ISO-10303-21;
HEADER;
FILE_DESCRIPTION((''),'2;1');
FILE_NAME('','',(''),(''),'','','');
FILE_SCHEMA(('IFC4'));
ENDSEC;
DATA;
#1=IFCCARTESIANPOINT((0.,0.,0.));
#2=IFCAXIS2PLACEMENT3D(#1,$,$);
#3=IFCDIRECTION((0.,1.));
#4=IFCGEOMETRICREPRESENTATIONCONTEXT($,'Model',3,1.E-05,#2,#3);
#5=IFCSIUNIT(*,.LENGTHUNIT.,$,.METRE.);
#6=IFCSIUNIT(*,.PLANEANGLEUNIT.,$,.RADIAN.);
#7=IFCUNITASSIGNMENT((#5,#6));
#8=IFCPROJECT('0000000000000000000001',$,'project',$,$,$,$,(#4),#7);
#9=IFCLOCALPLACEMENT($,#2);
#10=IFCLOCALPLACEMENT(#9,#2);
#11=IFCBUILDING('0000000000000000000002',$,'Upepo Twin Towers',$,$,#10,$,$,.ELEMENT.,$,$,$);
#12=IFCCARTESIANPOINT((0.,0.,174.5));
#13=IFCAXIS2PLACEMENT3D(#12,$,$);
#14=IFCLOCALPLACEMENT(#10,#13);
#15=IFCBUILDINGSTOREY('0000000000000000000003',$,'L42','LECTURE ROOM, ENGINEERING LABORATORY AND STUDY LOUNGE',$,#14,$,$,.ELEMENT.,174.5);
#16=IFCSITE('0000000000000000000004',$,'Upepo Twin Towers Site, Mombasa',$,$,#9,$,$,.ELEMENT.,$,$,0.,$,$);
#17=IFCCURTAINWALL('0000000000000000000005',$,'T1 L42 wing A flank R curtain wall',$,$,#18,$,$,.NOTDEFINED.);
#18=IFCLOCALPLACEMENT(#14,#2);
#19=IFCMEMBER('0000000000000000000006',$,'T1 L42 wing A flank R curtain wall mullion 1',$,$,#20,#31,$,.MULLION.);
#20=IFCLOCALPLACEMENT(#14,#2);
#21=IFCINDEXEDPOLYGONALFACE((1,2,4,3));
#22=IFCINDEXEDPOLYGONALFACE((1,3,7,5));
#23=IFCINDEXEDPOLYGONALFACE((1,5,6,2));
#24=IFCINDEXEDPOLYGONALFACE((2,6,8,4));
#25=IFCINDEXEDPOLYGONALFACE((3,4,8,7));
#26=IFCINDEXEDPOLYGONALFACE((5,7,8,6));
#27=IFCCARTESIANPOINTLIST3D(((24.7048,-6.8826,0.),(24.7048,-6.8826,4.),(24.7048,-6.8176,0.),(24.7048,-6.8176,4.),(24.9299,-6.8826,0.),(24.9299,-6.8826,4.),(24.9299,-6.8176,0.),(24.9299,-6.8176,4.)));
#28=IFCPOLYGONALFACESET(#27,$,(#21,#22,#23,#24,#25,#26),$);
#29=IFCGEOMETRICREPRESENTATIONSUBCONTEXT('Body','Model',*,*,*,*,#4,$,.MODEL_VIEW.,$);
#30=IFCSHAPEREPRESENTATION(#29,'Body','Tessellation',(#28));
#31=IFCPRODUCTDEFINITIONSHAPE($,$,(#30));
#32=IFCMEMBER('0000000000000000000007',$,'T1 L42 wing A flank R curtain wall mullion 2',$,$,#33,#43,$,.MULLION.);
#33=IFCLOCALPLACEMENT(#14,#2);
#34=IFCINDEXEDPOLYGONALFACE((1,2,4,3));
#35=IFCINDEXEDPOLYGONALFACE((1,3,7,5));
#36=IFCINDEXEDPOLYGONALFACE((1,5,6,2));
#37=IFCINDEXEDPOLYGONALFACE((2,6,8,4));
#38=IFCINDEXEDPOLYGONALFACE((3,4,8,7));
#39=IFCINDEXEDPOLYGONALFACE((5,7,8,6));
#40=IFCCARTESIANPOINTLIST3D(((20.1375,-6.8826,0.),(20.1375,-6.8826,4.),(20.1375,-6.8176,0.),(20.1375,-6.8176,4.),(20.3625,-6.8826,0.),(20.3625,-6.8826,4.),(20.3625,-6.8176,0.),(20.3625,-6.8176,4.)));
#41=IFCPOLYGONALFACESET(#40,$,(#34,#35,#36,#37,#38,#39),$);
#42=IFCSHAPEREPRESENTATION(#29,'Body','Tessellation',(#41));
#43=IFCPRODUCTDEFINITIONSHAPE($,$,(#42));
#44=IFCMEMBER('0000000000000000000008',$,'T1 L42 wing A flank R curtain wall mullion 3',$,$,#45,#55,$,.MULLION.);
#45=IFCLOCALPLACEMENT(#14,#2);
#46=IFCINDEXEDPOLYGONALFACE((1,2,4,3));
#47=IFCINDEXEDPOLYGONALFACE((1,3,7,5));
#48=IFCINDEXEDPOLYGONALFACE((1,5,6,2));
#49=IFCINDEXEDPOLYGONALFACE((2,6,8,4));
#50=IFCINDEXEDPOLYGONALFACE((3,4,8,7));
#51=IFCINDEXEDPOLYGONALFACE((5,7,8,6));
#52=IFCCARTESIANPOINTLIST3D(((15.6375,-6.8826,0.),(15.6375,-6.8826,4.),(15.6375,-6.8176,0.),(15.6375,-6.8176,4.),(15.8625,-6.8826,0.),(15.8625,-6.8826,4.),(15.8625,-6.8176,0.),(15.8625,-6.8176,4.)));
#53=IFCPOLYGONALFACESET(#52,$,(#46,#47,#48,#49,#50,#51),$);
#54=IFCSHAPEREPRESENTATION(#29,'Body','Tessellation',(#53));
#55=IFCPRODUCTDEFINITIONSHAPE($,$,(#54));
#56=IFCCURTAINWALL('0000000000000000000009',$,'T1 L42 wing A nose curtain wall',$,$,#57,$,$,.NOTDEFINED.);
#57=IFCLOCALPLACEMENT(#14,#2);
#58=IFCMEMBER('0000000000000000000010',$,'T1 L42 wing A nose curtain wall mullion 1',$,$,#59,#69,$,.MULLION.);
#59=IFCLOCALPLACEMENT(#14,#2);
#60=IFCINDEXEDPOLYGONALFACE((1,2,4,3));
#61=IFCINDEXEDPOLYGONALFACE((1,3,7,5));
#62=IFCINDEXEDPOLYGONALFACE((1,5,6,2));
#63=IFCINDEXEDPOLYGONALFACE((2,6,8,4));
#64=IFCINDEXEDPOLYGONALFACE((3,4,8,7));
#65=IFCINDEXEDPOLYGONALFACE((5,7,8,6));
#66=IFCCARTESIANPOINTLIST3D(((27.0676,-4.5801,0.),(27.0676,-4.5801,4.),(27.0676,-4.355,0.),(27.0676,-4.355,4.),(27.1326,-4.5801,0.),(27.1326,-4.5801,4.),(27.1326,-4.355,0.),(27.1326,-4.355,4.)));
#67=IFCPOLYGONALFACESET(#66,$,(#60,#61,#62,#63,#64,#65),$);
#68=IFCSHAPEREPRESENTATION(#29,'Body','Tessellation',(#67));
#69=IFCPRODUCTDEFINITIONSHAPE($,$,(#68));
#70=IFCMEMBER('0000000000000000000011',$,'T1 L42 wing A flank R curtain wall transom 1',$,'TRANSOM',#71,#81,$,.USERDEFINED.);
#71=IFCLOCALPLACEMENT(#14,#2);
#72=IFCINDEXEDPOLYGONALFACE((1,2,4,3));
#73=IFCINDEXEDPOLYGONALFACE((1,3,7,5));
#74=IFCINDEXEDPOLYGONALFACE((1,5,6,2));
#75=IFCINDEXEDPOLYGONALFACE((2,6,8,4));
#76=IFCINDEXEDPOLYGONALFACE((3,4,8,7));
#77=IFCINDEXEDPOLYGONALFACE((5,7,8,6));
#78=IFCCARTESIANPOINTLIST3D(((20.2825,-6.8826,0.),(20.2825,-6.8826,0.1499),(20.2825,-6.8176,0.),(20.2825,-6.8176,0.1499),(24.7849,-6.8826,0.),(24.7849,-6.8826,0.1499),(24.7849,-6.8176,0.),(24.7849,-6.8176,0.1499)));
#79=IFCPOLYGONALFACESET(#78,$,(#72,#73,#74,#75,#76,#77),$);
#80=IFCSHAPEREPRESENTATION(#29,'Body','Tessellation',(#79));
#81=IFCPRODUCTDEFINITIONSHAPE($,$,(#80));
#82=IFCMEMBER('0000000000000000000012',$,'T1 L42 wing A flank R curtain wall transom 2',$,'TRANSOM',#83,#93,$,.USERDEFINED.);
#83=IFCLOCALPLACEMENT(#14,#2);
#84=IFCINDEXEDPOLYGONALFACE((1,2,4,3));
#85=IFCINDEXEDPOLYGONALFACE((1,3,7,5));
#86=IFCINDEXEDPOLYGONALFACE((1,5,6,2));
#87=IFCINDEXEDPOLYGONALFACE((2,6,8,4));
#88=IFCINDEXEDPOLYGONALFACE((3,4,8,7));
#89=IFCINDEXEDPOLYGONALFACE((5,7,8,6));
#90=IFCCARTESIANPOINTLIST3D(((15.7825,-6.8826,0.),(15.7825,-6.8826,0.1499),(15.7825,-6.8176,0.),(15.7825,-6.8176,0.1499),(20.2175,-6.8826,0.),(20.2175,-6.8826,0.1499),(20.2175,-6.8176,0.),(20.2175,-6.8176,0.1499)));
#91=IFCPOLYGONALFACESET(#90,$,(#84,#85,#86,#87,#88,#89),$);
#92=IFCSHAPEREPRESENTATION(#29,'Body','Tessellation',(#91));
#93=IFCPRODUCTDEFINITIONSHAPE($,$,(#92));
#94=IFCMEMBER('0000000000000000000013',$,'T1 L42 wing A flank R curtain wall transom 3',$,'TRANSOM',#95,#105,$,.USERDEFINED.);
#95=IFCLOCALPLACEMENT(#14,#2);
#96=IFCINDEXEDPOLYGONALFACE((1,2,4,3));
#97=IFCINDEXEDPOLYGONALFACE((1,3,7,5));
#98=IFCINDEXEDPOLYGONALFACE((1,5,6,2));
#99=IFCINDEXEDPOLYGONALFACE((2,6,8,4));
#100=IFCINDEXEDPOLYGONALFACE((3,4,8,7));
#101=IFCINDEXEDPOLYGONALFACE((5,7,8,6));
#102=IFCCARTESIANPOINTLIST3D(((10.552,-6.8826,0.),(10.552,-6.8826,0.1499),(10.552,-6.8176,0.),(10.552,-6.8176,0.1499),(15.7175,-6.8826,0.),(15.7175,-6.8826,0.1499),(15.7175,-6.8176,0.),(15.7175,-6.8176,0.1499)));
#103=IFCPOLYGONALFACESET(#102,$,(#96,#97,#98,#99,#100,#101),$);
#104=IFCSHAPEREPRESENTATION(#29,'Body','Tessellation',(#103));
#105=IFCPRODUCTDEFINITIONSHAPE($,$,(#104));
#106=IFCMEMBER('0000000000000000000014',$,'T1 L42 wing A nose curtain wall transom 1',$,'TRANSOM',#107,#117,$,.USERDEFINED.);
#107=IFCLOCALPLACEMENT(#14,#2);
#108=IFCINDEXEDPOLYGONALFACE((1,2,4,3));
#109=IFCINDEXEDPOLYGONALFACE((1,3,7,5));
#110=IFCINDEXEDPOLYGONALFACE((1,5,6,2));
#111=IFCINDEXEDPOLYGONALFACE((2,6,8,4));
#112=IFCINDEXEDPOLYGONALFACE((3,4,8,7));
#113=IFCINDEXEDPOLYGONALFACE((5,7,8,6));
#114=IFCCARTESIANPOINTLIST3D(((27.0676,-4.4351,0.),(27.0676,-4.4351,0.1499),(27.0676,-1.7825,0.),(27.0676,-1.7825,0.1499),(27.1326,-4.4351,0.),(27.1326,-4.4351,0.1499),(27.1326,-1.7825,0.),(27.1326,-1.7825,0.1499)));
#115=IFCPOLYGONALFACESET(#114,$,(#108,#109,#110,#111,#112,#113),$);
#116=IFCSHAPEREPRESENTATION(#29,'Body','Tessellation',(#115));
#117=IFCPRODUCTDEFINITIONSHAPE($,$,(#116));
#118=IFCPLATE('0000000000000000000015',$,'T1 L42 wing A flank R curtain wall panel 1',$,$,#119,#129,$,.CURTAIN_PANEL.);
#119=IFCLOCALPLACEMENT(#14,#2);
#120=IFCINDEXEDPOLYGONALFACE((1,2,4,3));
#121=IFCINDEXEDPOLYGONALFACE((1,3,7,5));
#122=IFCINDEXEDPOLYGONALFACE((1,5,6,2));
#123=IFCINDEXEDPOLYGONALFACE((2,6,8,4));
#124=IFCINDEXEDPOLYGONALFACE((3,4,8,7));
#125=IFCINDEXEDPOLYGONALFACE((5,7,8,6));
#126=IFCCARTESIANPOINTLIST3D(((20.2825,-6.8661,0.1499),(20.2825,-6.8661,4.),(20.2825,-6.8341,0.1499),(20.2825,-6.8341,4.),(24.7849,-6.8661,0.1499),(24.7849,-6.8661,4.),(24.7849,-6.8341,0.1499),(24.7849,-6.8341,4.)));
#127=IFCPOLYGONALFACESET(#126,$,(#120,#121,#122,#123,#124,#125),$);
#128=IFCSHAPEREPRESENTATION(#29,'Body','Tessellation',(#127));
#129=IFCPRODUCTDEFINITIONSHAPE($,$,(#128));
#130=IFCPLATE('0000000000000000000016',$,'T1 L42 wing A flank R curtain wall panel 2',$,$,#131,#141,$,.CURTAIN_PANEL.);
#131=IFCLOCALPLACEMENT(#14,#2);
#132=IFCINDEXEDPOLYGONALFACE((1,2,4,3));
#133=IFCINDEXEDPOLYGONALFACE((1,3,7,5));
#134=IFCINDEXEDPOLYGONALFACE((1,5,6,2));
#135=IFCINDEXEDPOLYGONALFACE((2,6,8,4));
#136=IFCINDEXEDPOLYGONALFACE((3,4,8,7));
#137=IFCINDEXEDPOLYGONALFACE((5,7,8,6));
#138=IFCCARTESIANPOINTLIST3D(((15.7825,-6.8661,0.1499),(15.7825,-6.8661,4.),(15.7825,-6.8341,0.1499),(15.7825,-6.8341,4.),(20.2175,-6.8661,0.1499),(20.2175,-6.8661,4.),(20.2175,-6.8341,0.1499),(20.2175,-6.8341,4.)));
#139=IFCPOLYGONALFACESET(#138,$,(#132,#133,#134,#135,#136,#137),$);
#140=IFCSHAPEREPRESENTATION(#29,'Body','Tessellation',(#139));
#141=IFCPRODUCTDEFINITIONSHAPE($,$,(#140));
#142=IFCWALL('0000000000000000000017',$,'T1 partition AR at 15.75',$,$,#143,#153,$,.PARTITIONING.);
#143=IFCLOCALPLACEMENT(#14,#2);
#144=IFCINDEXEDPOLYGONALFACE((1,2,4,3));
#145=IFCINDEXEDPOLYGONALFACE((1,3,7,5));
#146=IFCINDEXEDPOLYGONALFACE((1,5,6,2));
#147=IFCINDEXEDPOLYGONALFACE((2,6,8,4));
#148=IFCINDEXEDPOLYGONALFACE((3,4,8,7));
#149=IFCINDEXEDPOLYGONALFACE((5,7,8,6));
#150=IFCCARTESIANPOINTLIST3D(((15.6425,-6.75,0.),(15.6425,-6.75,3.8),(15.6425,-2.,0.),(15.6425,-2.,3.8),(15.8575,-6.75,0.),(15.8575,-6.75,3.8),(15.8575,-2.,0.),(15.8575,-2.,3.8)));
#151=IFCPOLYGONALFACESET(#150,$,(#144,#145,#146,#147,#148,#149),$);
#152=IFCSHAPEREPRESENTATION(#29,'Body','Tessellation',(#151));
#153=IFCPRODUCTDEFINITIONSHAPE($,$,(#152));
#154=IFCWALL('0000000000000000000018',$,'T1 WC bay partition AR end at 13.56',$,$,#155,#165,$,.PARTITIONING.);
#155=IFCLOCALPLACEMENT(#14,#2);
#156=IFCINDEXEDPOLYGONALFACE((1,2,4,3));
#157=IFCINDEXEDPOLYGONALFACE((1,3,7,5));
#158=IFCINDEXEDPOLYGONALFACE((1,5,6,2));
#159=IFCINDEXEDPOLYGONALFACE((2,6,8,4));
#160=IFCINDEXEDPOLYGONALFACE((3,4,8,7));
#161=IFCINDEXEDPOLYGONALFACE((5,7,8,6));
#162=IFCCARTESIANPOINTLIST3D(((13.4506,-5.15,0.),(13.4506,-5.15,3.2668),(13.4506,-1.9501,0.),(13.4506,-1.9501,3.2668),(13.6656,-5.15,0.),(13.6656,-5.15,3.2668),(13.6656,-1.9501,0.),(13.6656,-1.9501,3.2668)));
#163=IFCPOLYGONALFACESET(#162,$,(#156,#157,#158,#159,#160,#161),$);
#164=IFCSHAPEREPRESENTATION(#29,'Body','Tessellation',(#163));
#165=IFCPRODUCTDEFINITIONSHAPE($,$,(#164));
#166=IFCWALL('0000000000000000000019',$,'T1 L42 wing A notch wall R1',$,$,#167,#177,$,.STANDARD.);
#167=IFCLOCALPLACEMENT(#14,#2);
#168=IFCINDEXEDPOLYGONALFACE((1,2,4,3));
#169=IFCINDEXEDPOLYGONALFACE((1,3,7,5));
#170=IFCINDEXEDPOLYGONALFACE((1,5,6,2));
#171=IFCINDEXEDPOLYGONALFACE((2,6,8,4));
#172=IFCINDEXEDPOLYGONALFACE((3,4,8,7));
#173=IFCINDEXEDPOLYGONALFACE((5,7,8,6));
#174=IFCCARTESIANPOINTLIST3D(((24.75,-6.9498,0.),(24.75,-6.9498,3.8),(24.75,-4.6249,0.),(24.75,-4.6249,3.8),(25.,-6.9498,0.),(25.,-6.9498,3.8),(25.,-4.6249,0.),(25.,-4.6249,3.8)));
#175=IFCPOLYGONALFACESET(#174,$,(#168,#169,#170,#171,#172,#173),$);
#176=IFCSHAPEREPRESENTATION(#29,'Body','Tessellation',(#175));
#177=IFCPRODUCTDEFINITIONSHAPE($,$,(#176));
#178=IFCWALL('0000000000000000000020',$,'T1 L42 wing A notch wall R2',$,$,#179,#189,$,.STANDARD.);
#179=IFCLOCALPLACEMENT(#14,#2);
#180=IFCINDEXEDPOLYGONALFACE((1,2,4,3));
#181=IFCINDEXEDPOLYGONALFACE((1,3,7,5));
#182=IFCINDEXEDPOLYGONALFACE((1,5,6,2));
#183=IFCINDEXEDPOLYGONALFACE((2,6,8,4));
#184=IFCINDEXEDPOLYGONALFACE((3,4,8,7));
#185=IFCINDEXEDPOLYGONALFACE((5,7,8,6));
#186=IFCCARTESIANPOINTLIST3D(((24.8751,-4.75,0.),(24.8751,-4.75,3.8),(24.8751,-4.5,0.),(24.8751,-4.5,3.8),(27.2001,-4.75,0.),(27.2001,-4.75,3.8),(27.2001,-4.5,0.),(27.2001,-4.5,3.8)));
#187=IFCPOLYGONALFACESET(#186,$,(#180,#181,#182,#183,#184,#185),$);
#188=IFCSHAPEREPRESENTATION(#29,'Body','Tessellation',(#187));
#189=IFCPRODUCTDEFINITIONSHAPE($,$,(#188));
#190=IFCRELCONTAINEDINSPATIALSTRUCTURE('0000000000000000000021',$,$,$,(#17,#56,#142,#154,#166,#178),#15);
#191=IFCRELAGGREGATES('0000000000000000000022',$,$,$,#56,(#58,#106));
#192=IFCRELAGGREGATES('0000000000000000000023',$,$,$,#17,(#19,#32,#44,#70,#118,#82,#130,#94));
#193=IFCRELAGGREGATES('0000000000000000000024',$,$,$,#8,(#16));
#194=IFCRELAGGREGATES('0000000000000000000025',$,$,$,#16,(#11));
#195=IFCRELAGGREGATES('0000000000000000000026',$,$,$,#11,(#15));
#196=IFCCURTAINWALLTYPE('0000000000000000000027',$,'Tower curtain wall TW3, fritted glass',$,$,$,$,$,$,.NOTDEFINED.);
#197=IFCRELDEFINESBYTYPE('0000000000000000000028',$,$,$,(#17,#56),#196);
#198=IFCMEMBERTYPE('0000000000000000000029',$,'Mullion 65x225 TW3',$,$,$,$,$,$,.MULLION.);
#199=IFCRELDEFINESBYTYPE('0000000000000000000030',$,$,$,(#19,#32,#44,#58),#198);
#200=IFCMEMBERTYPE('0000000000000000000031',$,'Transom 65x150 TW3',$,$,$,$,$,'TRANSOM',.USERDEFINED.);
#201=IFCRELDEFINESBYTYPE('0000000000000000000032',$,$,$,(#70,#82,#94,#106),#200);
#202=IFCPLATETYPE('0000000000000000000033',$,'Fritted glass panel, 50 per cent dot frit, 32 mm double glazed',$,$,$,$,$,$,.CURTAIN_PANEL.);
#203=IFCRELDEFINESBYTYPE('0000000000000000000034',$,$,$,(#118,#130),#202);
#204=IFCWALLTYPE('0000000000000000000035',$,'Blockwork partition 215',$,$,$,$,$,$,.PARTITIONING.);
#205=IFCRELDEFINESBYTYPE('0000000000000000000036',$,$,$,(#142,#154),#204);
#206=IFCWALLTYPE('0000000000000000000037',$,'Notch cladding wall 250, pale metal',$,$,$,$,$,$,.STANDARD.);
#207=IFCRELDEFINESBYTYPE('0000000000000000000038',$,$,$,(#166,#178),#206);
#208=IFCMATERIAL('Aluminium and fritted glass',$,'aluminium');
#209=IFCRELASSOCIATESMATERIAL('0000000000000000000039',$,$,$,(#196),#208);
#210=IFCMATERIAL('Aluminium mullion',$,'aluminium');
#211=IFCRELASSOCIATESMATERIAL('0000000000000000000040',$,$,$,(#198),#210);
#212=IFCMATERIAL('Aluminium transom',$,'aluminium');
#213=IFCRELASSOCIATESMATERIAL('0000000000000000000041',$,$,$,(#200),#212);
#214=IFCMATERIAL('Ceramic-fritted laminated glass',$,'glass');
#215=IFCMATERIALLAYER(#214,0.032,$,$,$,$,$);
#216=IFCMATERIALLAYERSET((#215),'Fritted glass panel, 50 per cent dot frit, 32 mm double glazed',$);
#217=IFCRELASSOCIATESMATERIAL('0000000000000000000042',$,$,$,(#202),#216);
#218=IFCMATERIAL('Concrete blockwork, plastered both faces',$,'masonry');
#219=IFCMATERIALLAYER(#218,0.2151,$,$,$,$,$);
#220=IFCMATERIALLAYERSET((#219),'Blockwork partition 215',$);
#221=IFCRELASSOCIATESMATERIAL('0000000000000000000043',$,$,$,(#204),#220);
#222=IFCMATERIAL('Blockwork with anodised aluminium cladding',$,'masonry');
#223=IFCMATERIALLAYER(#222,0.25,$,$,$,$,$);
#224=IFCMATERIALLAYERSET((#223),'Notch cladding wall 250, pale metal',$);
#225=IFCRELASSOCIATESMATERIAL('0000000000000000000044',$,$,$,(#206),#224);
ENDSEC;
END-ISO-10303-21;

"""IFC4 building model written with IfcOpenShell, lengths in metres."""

from ifc_helpers import new_model, si_unit, direction, frame, frame_2d, origin, origin_2d, place, context, subcontext, project, spatial, rectangle, extrude, material, layer, layer_set, material_profile, profile_set, type_object, element, aggregate, save


model = new_model("IFC4")

# Units and contexts
model_context = context("Model", 3, precision=1e-05, world=origin(), true_north=direction((0.0, 1.0)))
body_context = subcontext(model_context, "Body", "Model", "MODEL_VIEW")
ifc_project = project(units=[si_unit("LENGTHUNIT", "METRE"), si_unit("PLANEANGLEUNIT", "RADIAN")], contexts=[model_context])

# Site, building, storey
site_placement = place(None, origin())
site = spatial("IfcSite", under=ifc_project, at=site_placement, Name="Upepo Twin Towers Site, Mombasa", CompositionType="ELEMENT", RefElevation=0.0)
building_placement = place(site_placement, origin())
building = spatial("IfcBuilding", under=site, at=building_placement, Name="Upepo Twin Towers", CompositionType="ELEMENT")
storey_placement = place(building_placement, frame((0.0, 0.0, 174.5)))
storey = spatial("IfcBuildingStorey", under=building, at=storey_placement, Name="L42", Description="LECTURE ROOM, ENGINEERING LABORATORY AND STUDY LOUNGE", CompositionType="ELEMENT", Elevation=174.5)

# Curtain wall, members
ifc_material_1 = material(Name="Aluminium and fritted glass", Category="aluminium")
curtain_wall_type = type_object("IfcCurtainWallType", Name="Tower curtain wall TW3, fritted glass", PredefinedType="NOTDEFINED", material=ifc_material_1)
curtain_wall_1_placement = place(storey_placement, origin())
curtain_wall_1 = element("IfcCurtainWall", 1, at=curtain_wall_1_placement, inside=storey, type_object=curtain_wall_type, Name="T1 L42 wing A flank R curtain wall", PredefinedType="NOTDEFINED")
ifc_material_2 = material(Name="Aluminium mullion", Category="aluminium")
ifc_material_profile_1 = material_profile(ifc_material_2, rectangle(XDim=0.0649, YDim=0.2251, at=origin_2d()), Name="MULLION 65x225")
ifc_profile_set_1 = profile_set([ifc_material_profile_1], Name="Aluminium mullion")
member_type_1 = type_object("IfcMemberType", Name="Mullion 65x225 TW3", PredefinedType="MULLION", material=ifc_profile_set_1)
member_1_placement = place(storey_placement, frame((24.8174, -6.8501, 0.0), z_axis=(0.0, 0.0, 1.0), x_axis=(0.0, -1.0, 0.0)))
member_1 = element("IfcMember", 2, at=member_1_placement, type_object=member_type_1, Name="T1 L42 wing A flank R curtain wall mullion 1", PredefinedType="MULLION", context=body_context, shape_type="SweptSolid", body=[
    extrude(rectangle(XDim=0.0649, YDim=0.2251, at=origin_2d()), origin(), (0.0, 0.0, 1.0), 4.0),
])
member_2_placement = place(storey_placement, frame((20.25, -6.8501, 0.0), z_axis=(0.0, 0.0, 1.0), x_axis=(0.0, -1.0, 0.0)))
member_2 = element("IfcMember", 3, at=member_2_placement, type_object=member_type_1, Name="T1 L42 wing A flank R curtain wall mullion 2", PredefinedType="MULLION", context=body_context, shape_type="SweptSolid", body=[
    extrude(rectangle(XDim=0.0649, YDim=0.2251, at=origin_2d()), origin(), (0.0, 0.0, 1.0), 4.0),
])
member_3_placement = place(storey_placement, frame((15.75, -6.8501, 0.0), z_axis=(0.0, 0.0, 1.0), x_axis=(0.0, -1.0, 0.0)))
member_3 = element("IfcMember", 4, at=member_3_placement, type_object=member_type_1, Name="T1 L42 wing A flank R curtain wall mullion 3", PredefinedType="MULLION", context=body_context, shape_type="SweptSolid", body=[
    extrude(rectangle(XDim=0.0649, YDim=0.2251, at=origin_2d()), origin(), (0.0, 0.0, 1.0), 4.0),
])

# Curtain wall, member
curtain_wall_2_placement = place(storey_placement, origin())
curtain_wall_2 = element("IfcCurtainWall", 5, at=curtain_wall_2_placement, inside=storey, type_object=curtain_wall_type, Name="T1 L42 wing A nose curtain wall", PredefinedType="NOTDEFINED")
member_4_placement = place(storey_placement, frame((27.1001, -4.4675, 0.0), z_axis=(0.0, 0.0, 1.0), x_axis=(-1.0, 0.0, 0.0)))
member_4 = element("IfcMember", 6, at=member_4_placement, type_object=member_type_1, Name="T1 L42 wing A nose curtain wall mullion 1", PredefinedType="MULLION", context=body_context, shape_type="SweptSolid", body=[
    extrude(rectangle(XDim=0.0649, YDim=0.2251, at=origin_2d()), origin(), (0.0, 0.0, 1.0), 4.0),
])

# Members
ifc_material_3 = material(Name="Aluminium transom", Category="aluminium")
ifc_material_profile_2 = material_profile(ifc_material_3, rectangle(XDim=0.0649, YDim=0.1499, at=origin_2d()), Name="TRANSOM 65x150")
ifc_profile_set_2 = profile_set([ifc_material_profile_2], Name="Aluminium transom")
member_type_2 = type_object("IfcMemberType", Name="Transom 65x150 TW3", ElementType="TRANSOM", PredefinedType="USERDEFINED", material=ifc_profile_set_2)
member_5_placement = place(storey_placement, frame((24.7849, -6.8501, 0.075), z_axis=(-1.0, 0.0, 0.0), x_axis=(0.0, -1.0, 0.0)))
member_5 = element("IfcMember", 7, at=member_5_placement, type_object=member_type_2, Name="T1 L42 wing A flank R curtain wall transom 1", ObjectType="TRANSOM", PredefinedType="USERDEFINED", context=body_context, shape_type="SweptSolid", body=[
    extrude(rectangle(XDim=0.0649, YDim=0.1499, at=origin_2d()), origin(), (0.0, 0.0, 1.0), 4.5024),
])
member_6_placement = place(storey_placement, frame((20.2175, -6.8501, 0.075), z_axis=(-1.0, 0.0, 0.0), x_axis=(0.0, -1.0, 0.0)))
member_6 = element("IfcMember", 8, at=member_6_placement, type_object=member_type_2, Name="T1 L42 wing A flank R curtain wall transom 2", ObjectType="TRANSOM", PredefinedType="USERDEFINED", context=body_context, shape_type="SweptSolid", body=[
    extrude(rectangle(XDim=0.0649, YDim=0.1499, at=origin_2d()), origin(), (0.0, 0.0, 1.0), 4.4351),
])
member_7_placement = place(storey_placement, frame((15.7175, -6.8501, 0.075), z_axis=(-1.0, 0.0, 0.0), x_axis=(0.0, -1.0, 0.0)))
member_7 = element("IfcMember", 9, at=member_7_placement, type_object=member_type_2, Name="T1 L42 wing A flank R curtain wall transom 3", ObjectType="TRANSOM", PredefinedType="USERDEFINED", context=body_context, shape_type="SweptSolid", body=[
    extrude(rectangle(XDim=0.0649, YDim=0.1499, at=origin_2d()), origin(), (0.0, 0.0, 1.0), 5.1655),
])
member_8_placement = place(storey_placement, frame((27.1001, -4.4351, 0.075), z_axis=(0.0, 1.0, 0.0), x_axis=(-1.0, 0.0, 0.0)))
member_8 = element("IfcMember", 10, at=member_8_placement, type_object=member_type_2, Name="T1 L42 wing A nose curtain wall transom 1", ObjectType="TRANSOM", PredefinedType="USERDEFINED", context=body_context, shape_type="SweptSolid", body=[
    extrude(rectangle(XDim=0.0649, YDim=0.1499, at=origin_2d()), origin(), (0.0, 0.0, 1.0), 2.6526),
])
aggregate(curtain_wall_2, [member_4, member_8])

# Plates
ifc_material_4 = material(Name="Ceramic-fritted laminated glass", Category="glass")
ifc_layer_1 = layer(ifc_material_4, 0.032)
ifc_layer_set_1 = layer_set([ifc_layer_1], Name="Fritted glass panel, 50 per cent dot frit, 32 mm double glazed")
plate_type = type_object("IfcPlateType", Name="Fritted glass panel, 50 per cent dot frit, 32 mm double glazed", PredefinedType="CURTAIN_PANEL", material=ifc_layer_set_1)
plate_1_placement = place(storey_placement, frame((22.5337, -6.8501, 0.1499), z_axis=(0.0, 0.0, 1.0), x_axis=(-1.0, 0.0, 0.0)))
plate_1 = element("IfcPlate", 11, at=plate_1_placement, type_object=plate_type, Name="T1 L42 wing A flank R curtain wall panel 1", PredefinedType="CURTAIN_PANEL", context=body_context, shape_type="SweptSolid", body=[
    extrude(rectangle(XDim=4.5024, YDim=0.032, at=origin_2d()), origin(), (0.0, 0.0, 1.0), 3.8501),
])
plate_2_placement = place(storey_placement, frame((18.0, -6.8501, 0.1499), z_axis=(0.0, 0.0, 1.0), x_axis=(-1.0, 0.0, 0.0)))
plate_2 = element("IfcPlate", 12, at=plate_2_placement, type_object=plate_type, Name="T1 L42 wing A flank R curtain wall panel 2", PredefinedType="CURTAIN_PANEL", context=body_context, shape_type="SweptSolid", body=[
    extrude(rectangle(XDim=4.4351, YDim=0.032, at=origin_2d()), origin(), (0.0, 0.0, 1.0), 3.8501),
])
aggregate(curtain_wall_1, [member_1, member_2, member_3, member_5, plate_1, member_6, plate_2, member_7])

# Walls
ifc_material_5 = material(Name="Concrete blockwork, plastered both faces", Category="masonry")
ifc_layer_2 = layer(ifc_material_5, 0.2151)
ifc_layer_set_2 = layer_set([ifc_layer_2], Name="Blockwork partition 215")
wall_type_1 = type_object("IfcWallType", Name="Blockwork partition 215", PredefinedType="PARTITIONING", material=ifc_layer_set_2)
wall_1_placement = place(storey_placement, frame((15.75, -2.0, 0.0), z_axis=(0.0, 0.0, 1.0), x_axis=(0.0, -1.0, 0.0)))
element("IfcWall", 13, at=wall_1_placement, inside=storey, type_object=wall_type_1, Name="T1 partition AR at 15.75", PredefinedType="PARTITIONING", context=body_context, shape_type="SweptSolid", body=[
    extrude(rectangle(XDim=4.75, YDim=0.2151, at=frame_2d((2.375, 0.0))), origin(), (0.0, 0.0, 1.0), 3.8),
])
wall_2_placement = place(storey_placement, frame((13.5581, -1.95, 0.0), z_axis=(0.0, 0.0, 1.0), x_axis=(0.0, -1.0, 0.0)))
element("IfcWall", 14, at=wall_2_placement, inside=storey, type_object=wall_type_1, Name="T1 WC bay partition AR end at 13.56", PredefinedType="PARTITIONING", context=body_context, shape_type="SweptSolid", body=[
    extrude(rectangle(XDim=3.2, YDim=0.2151, at=frame_2d((1.6001, 0.0))), origin(), (0.0, 0.0, 1.0), 3.2668),
])
ifc_material_6 = material(Name="Blockwork with anodised aluminium cladding", Category="masonry")
ifc_layer_3 = layer(ifc_material_6, 0.25)
ifc_layer_set_3 = layer_set([ifc_layer_3], Name="Notch cladding wall 250, pale metal")
wall_type_2 = type_object("IfcWallType", Name="Notch cladding wall 250, pale metal", PredefinedType="STANDARD", material=ifc_layer_set_3)
for number, where, z_axis, x_axis, name in (
    (15, (24.875, -6.95, 0.0), (0.0, 0.0, 1.0), (0.0, 1.0, 0.0), "T1 L42 wing A notch wall R1"),
    (16, (24.875, -4.625, 0.0), (0.0, 0.0, 1.0), (1.0, 0.0, 0.0), "T1 L42 wing A notch wall R2"),
):
    element("IfcWall", number, at=place(storey_placement, frame(where, z_axis=z_axis, x_axis=x_axis)), inside=storey, type_object=wall_type_2, Name=name, PredefinedType="STANDARD", context=body_context, shape_type="SweptSolid", body=[
        extrude(rectangle(XDim=2.325, YDim=0.25, at=frame_2d((1.1626, 0.0))), origin(), (0.0, 0.0, 1.0), 3.8),
    ])

save(model, "model.ifc")
